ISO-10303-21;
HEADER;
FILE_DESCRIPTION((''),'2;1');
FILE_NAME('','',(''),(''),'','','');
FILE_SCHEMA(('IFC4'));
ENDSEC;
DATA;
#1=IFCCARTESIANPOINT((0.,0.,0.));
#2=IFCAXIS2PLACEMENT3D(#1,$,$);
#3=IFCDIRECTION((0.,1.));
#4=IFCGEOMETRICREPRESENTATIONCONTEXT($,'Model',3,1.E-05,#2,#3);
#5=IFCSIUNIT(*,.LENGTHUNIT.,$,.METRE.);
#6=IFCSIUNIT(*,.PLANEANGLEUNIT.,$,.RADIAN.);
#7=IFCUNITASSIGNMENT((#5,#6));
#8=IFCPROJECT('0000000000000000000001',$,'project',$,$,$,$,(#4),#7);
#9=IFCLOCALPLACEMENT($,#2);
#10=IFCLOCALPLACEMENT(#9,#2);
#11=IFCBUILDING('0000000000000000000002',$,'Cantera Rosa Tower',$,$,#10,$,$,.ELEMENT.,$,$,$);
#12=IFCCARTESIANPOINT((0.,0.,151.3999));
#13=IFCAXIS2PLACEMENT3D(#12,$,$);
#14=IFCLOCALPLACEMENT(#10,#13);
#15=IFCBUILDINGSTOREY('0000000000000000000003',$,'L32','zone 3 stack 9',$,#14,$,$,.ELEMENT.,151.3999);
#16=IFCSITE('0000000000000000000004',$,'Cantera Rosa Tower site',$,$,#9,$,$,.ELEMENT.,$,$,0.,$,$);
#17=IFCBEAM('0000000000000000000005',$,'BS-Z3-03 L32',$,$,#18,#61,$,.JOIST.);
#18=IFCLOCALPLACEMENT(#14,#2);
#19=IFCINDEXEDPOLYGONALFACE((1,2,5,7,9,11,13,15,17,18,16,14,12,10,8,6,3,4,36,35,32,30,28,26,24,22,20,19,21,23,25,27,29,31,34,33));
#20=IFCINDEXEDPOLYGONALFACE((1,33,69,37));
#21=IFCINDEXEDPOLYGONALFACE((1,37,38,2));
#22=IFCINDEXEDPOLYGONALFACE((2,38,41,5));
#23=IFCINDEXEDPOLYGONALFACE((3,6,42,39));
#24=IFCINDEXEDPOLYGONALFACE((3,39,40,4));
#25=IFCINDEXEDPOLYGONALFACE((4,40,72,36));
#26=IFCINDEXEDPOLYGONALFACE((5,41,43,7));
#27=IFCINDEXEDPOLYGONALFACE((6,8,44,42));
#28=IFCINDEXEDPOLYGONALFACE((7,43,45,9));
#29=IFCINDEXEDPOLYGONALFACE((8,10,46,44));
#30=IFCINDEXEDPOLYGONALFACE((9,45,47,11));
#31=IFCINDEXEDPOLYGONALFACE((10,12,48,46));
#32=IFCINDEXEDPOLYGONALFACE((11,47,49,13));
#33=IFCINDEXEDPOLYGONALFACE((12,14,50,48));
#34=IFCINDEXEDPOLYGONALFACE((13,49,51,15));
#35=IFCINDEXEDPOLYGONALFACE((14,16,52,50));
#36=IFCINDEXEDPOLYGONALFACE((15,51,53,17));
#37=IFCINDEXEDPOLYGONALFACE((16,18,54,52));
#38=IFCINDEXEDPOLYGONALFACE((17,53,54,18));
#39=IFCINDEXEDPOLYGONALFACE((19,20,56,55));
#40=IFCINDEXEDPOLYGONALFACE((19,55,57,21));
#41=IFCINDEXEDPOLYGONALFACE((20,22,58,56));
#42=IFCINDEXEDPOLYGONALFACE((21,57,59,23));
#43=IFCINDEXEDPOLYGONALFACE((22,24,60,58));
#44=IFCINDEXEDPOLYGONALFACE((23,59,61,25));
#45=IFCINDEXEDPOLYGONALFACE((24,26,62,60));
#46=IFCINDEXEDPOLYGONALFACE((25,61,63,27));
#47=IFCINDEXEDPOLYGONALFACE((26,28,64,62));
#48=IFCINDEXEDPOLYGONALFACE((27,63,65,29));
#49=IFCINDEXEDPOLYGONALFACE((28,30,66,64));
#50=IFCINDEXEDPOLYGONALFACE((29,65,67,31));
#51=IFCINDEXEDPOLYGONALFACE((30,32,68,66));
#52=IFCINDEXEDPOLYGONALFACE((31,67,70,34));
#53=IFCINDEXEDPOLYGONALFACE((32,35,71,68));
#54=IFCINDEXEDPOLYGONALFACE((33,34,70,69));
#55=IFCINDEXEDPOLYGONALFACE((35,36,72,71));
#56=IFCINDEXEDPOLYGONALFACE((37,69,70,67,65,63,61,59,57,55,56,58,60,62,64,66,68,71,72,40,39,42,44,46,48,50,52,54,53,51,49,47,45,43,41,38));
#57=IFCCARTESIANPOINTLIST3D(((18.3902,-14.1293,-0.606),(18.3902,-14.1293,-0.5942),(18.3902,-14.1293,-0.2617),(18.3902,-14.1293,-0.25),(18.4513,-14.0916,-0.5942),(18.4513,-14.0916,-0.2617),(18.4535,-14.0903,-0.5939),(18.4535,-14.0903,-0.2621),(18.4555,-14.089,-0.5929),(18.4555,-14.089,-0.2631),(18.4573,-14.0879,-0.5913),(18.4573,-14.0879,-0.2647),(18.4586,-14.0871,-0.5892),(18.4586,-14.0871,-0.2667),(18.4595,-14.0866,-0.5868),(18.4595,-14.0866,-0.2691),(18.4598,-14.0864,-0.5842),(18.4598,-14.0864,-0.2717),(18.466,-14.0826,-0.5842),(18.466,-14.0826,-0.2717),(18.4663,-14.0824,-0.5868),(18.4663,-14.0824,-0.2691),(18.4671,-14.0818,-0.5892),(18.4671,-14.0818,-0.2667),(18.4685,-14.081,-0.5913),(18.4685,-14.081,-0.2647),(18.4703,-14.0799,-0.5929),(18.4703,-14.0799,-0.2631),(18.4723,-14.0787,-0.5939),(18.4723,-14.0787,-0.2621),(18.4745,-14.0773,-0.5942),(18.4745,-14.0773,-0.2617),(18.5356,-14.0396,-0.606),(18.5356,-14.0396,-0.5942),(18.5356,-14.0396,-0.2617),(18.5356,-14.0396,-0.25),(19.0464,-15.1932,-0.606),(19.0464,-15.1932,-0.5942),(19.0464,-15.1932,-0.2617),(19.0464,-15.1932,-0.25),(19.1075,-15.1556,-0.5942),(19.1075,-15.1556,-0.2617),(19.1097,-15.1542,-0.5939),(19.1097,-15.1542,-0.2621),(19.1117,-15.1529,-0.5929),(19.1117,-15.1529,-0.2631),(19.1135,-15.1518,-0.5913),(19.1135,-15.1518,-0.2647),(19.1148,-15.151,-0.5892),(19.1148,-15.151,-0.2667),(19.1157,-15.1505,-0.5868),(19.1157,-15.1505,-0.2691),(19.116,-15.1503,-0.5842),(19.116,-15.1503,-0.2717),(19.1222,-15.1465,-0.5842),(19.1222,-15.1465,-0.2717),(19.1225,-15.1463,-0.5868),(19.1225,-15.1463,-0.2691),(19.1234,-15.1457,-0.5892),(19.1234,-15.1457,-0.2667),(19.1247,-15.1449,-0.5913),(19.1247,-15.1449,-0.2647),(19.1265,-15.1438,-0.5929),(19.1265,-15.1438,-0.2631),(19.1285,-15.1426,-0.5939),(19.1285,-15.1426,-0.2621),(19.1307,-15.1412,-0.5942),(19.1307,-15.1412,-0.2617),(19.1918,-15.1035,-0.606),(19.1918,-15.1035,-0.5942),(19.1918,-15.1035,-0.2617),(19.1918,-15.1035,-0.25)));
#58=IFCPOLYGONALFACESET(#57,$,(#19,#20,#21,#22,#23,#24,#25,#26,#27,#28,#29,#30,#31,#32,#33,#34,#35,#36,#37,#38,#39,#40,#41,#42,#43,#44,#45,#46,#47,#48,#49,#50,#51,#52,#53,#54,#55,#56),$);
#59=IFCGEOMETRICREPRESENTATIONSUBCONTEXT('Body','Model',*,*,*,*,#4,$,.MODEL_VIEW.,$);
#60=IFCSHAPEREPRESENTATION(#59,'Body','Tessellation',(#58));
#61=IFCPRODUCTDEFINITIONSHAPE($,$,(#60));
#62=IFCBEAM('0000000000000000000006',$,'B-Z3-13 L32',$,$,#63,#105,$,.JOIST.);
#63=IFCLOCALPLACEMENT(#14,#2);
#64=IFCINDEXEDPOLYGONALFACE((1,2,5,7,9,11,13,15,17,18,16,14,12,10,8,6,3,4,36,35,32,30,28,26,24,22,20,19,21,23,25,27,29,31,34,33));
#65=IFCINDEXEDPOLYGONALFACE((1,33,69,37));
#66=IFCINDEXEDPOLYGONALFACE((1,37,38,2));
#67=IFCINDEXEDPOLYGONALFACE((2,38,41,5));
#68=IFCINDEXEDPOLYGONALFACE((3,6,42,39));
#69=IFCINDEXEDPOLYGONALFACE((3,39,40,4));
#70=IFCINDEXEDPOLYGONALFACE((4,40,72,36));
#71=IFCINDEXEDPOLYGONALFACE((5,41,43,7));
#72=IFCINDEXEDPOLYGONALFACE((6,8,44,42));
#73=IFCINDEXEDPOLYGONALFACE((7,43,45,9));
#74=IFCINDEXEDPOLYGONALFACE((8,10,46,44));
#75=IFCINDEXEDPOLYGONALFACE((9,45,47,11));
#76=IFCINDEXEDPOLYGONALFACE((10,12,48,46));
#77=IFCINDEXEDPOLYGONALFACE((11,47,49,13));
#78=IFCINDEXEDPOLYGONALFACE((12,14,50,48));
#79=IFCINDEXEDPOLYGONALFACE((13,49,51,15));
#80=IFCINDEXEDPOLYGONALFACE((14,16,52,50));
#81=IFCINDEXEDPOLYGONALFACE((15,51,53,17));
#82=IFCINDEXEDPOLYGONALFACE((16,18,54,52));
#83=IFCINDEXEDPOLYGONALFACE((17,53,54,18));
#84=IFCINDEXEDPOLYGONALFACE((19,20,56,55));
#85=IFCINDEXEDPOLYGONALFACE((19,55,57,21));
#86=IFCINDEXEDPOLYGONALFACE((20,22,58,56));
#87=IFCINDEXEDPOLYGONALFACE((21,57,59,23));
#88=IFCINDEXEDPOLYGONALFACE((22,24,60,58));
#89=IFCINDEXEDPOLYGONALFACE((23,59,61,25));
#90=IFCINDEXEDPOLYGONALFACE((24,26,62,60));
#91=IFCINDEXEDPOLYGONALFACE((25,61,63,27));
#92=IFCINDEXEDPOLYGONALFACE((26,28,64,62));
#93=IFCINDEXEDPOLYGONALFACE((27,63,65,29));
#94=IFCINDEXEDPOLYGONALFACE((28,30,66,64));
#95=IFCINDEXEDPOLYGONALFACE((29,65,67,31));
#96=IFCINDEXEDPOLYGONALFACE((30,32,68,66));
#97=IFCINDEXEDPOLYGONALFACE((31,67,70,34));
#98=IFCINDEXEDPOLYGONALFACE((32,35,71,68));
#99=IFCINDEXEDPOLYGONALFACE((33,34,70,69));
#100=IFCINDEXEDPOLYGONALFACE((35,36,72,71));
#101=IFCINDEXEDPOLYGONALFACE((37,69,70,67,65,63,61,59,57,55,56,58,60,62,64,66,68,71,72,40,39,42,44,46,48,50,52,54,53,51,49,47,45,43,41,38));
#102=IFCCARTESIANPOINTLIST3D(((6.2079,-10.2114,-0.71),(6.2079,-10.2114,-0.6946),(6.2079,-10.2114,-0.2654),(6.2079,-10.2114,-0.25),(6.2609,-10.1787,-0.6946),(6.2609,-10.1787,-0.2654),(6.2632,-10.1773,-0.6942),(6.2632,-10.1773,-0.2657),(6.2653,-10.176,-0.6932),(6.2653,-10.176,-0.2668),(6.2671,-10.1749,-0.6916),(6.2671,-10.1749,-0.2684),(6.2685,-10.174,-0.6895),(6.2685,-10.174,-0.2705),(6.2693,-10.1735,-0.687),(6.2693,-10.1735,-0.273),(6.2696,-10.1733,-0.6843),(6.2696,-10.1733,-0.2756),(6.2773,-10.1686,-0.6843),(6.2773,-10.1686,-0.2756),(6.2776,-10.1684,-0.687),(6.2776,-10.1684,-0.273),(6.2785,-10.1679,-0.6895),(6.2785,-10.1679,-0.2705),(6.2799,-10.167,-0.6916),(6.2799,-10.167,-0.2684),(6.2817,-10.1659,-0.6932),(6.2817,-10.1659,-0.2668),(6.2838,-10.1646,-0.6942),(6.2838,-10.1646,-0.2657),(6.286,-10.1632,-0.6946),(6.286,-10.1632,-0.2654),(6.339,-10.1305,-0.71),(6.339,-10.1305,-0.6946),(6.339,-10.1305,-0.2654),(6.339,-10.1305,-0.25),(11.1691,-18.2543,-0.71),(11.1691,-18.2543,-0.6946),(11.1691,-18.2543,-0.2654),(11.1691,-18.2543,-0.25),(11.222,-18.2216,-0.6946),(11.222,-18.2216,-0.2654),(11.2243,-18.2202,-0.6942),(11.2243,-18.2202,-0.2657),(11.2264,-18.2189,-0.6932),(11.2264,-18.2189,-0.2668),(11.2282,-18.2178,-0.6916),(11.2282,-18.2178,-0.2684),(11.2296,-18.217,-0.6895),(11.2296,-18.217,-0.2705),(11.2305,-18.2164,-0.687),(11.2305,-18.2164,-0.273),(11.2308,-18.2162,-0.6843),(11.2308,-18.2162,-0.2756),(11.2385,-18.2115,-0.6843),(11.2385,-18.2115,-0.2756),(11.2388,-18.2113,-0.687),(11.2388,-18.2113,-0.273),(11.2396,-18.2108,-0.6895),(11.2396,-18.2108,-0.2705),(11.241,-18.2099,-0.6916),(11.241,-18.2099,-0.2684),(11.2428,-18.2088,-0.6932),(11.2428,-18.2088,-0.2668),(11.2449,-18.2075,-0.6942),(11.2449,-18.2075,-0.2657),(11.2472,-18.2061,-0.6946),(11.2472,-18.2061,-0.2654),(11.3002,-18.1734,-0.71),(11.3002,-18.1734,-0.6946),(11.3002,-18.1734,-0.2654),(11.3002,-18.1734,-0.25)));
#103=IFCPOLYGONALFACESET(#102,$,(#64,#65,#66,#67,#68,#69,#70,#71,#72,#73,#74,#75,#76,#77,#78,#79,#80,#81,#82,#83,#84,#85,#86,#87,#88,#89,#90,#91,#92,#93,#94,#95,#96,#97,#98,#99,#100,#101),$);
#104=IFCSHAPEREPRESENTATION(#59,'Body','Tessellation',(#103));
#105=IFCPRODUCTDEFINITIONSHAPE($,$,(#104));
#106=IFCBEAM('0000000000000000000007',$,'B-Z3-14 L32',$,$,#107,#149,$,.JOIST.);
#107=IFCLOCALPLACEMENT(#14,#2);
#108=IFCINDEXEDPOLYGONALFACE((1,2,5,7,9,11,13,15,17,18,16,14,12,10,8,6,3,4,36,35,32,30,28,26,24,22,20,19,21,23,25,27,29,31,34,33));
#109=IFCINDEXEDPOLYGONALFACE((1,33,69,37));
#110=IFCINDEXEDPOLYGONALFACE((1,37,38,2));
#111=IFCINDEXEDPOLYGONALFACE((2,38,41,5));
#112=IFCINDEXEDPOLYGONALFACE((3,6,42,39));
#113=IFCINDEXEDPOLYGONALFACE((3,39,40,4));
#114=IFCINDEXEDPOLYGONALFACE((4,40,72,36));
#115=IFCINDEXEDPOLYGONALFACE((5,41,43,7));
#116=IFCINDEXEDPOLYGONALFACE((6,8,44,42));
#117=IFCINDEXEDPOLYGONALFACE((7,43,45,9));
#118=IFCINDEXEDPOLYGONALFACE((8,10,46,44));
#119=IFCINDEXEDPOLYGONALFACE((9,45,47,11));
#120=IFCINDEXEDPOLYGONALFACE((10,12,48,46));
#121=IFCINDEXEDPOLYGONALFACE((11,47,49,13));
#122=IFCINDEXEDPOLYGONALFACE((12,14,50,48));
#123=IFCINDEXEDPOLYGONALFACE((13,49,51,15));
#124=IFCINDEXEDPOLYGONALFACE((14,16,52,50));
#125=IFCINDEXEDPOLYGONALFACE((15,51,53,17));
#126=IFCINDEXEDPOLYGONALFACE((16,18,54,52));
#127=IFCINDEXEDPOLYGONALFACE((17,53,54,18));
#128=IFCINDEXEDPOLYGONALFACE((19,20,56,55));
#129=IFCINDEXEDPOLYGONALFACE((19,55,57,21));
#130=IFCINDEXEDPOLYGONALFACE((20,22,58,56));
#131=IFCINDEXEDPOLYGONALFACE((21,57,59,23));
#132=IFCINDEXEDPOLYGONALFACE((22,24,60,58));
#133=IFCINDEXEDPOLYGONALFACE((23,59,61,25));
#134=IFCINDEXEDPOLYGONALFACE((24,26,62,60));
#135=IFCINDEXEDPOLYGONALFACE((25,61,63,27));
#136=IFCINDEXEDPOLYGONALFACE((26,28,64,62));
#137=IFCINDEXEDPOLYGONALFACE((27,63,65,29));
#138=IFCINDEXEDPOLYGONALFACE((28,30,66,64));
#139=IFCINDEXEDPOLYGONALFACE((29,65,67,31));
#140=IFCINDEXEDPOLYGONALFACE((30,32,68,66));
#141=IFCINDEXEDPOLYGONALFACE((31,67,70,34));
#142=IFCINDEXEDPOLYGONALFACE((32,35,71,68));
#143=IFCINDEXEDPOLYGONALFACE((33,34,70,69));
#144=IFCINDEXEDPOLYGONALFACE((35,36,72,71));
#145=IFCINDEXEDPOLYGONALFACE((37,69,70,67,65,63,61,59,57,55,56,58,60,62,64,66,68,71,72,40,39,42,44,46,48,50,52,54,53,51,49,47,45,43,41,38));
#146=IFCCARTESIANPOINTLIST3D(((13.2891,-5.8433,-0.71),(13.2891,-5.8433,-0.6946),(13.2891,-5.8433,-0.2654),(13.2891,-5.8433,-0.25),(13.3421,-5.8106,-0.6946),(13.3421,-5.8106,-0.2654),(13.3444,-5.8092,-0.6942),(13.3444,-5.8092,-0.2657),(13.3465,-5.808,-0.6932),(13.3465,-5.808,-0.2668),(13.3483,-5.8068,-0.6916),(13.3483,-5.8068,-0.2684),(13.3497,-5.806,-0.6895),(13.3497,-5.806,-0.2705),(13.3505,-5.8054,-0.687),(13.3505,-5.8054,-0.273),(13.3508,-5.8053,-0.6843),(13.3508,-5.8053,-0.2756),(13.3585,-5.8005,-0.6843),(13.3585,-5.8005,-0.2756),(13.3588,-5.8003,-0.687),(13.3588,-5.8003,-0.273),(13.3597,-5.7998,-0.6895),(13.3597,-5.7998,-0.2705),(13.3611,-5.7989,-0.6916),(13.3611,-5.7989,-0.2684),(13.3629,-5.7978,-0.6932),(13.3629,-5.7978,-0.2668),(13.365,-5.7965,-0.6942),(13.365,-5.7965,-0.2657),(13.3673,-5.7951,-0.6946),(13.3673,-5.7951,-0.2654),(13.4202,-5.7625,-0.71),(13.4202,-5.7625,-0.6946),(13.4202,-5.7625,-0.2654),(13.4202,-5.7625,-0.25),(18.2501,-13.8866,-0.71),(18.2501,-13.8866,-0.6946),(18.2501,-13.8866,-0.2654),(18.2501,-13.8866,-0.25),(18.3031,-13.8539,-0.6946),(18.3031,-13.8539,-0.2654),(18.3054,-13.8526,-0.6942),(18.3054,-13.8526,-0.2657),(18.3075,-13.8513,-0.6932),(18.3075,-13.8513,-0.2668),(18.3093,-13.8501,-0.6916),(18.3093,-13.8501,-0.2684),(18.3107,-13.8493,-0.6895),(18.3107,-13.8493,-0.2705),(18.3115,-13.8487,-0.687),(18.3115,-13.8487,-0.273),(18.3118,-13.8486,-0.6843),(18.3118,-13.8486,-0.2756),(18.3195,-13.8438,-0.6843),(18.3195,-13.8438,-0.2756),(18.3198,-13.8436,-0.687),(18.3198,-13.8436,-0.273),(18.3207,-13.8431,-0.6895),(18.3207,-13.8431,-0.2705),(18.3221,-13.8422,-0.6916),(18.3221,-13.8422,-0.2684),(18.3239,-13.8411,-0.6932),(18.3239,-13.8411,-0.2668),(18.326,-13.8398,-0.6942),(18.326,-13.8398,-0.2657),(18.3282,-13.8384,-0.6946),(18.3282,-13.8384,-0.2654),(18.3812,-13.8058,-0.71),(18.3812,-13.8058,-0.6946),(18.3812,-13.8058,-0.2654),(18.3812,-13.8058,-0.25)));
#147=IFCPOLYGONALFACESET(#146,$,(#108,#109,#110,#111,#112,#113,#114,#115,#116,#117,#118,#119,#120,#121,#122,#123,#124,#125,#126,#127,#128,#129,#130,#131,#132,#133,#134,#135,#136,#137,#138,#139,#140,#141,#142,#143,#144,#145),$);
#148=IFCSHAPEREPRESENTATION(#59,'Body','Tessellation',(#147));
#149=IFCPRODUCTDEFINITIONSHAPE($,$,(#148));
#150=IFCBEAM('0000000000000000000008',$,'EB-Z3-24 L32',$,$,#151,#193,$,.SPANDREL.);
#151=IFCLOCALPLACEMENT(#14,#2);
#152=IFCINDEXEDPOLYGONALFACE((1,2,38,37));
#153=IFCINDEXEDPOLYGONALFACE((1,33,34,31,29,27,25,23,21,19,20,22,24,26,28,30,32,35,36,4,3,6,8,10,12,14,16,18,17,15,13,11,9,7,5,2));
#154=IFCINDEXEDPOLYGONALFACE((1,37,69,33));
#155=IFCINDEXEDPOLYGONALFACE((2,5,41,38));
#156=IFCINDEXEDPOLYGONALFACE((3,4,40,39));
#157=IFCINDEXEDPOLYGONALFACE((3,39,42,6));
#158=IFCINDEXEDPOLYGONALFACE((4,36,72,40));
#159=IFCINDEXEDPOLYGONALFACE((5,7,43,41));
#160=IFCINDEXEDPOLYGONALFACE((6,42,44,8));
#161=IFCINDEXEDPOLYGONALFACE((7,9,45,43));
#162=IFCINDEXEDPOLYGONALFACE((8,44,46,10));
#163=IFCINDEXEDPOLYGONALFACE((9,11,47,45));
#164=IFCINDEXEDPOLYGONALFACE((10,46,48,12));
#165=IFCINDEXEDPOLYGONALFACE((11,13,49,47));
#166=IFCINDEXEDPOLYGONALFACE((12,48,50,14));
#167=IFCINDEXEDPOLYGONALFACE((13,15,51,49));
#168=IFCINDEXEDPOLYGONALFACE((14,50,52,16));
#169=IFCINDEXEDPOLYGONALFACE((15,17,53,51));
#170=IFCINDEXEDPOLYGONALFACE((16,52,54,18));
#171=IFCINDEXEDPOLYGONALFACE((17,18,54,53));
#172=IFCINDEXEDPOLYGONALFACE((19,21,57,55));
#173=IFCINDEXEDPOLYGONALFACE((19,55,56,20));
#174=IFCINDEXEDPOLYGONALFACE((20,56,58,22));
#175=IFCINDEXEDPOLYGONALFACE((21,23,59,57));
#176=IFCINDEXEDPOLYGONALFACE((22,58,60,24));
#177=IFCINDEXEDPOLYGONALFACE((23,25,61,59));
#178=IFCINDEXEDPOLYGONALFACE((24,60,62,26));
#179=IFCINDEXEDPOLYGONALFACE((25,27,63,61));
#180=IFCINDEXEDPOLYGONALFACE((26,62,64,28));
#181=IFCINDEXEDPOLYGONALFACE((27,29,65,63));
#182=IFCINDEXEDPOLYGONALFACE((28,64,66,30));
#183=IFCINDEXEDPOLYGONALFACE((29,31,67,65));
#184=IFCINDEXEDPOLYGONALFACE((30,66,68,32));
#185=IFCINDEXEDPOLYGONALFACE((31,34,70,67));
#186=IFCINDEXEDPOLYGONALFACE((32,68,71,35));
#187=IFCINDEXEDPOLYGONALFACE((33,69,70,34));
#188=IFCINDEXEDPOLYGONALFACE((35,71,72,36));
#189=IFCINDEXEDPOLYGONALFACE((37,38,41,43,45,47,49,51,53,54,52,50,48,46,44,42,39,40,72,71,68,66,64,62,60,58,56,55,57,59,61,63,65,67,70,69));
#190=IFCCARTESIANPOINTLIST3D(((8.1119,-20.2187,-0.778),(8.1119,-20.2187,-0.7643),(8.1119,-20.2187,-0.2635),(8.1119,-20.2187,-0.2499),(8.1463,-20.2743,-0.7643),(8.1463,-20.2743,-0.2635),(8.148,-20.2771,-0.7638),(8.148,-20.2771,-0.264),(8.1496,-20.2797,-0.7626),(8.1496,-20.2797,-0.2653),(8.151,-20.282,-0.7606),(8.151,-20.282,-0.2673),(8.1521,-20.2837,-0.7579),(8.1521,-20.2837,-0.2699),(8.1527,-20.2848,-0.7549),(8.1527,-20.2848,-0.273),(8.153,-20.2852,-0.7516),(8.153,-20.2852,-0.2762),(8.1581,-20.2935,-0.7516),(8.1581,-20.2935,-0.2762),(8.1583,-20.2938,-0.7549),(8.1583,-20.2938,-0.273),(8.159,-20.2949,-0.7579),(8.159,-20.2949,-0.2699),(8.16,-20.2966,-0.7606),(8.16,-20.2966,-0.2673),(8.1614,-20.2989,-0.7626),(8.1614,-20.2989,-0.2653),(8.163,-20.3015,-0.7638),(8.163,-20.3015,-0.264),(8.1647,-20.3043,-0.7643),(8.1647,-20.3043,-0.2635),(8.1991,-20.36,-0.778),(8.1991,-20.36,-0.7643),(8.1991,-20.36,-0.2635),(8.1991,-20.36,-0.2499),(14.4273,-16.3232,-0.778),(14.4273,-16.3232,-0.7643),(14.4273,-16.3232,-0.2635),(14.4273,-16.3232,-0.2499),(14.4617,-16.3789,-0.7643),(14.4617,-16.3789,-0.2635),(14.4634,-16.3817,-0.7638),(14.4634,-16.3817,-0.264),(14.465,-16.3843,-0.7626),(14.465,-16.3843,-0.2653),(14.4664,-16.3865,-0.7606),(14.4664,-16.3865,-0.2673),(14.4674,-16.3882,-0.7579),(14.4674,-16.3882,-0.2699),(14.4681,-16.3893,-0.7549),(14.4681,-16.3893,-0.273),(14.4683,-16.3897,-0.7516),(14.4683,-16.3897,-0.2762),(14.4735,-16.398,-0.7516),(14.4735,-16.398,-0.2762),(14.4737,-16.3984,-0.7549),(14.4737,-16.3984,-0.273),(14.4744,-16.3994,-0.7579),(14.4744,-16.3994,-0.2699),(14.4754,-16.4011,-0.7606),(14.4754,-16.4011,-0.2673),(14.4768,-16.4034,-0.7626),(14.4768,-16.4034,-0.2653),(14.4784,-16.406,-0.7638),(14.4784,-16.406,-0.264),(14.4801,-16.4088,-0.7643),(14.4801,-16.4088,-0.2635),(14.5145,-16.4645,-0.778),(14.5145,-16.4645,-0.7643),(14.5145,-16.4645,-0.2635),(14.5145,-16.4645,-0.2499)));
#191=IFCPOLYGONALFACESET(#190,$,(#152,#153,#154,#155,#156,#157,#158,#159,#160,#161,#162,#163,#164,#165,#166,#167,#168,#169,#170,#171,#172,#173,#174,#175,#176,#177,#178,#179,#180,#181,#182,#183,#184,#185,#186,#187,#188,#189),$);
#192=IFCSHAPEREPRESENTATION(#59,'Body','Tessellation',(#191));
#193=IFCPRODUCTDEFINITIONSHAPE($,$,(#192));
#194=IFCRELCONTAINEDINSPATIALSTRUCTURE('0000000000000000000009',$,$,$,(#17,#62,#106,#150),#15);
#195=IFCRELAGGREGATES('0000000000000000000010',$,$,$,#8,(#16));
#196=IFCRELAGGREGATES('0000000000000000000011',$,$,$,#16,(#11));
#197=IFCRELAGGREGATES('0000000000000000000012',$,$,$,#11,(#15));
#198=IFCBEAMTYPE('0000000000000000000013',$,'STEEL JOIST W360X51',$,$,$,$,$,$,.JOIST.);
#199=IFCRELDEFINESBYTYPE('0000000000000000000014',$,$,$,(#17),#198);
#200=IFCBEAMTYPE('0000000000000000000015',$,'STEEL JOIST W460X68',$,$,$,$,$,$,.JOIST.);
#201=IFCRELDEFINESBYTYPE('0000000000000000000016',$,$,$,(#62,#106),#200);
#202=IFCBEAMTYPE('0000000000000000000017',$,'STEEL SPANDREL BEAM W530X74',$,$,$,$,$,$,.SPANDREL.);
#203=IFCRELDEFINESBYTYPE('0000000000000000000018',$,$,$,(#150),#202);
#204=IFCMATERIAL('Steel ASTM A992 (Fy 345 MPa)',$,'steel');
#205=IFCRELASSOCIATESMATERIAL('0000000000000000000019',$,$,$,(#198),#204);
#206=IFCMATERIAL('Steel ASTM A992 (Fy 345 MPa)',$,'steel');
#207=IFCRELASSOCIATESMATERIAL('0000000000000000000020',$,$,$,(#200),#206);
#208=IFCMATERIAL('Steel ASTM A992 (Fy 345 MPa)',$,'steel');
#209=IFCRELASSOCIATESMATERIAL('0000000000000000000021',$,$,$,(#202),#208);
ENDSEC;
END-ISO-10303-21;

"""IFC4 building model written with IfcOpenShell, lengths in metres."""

from ifc_helpers import new_model, si_unit, direction, frame, origin, origin_2d, place, context, subcontext, project, spatial, i_section, extrude, material, material_profile, profile_set, type_object, element, save


model = new_model("IFC4")

# Units and contexts
model_context = context("Model", 3, precision=1e-05, world=origin(), true_north=direction((0.0, 1.0)))
body_context = subcontext(model_context, "Body", "Model", "MODEL_VIEW")
ifc_project = project(units=[si_unit("LENGTHUNIT", "METRE"), si_unit("PLANEANGLEUNIT", "RADIAN")], contexts=[model_context])

# Site, building, storey
site_placement = place(None, origin())
site = spatial("IfcSite", under=ifc_project, at=site_placement, Name="Cantera Rosa Tower site", CompositionType="ELEMENT", RefElevation=0.0)
building_placement = place(site_placement, origin())
building = spatial("IfcBuilding", under=site, at=building_placement, Name="Cantera Rosa Tower", CompositionType="ELEMENT")
storey_placement = place(building_placement, frame((0.0, 0.0, 151.3999)))
storey = spatial("IfcBuildingStorey", under=building, at=storey_placement, Name="L32", Description="zone 3 stack 9", CompositionType="ELEMENT", Elevation=151.3999)

# Beams
ifc_material_1 = material(Name="Steel ASTM A992 (Fy 345 MPa)", Category="steel")
ifc_material_profile_1 = material_profile(ifc_material_1, i_section(OverallWidth=0.1709, OverallDepth=0.356, WebThickness=0.0073, FlangeThickness=0.0117, FilletRadius=0.01, at=origin_2d()), Name="W360X51")
ifc_profile_set_1 = profile_set([ifc_material_profile_1], Name="Steel ASTM A992 (Fy 345 MPa)")
beam_type_1 = type_object("IfcBeamType", Name="STEEL JOIST W360X51", PredefinedType="JOIST", material=ifc_profile_set_1)
beam_1_placement = place(storey_placement, frame((18.4629, -14.0845, -0.428), z_axis=(0.524969, -0.851121, 0.0), x_axis=(0.851121, 0.524969, 0.0)))
element("IfcBeam", 1, at=beam_1_placement, inside=storey, type_object=beam_type_1, Name="BS-Z3-03 L32", PredefinedType="JOIST", context=body_context, shape_type="SweptSolid", body=[
    extrude(i_section(OverallWidth=0.1709, OverallDepth=0.356, WebThickness=0.0073, FlangeThickness=0.0117, FilletRadius=0.01, at=origin_2d()), origin(), (0.0, 0.0, 1.0), 1.25),
])
ifc_material_2 = material(Name="Steel ASTM A992 (Fy 345 MPa)", Category="steel")
ifc_material_profile_2 = material_profile(ifc_material_2, i_section(OverallWidth=0.1541, OverallDepth=0.46, WebThickness=0.009, FlangeThickness=0.0154, FilletRadius=0.0103, at=origin_2d()), Name="W460X68")
ifc_profile_set_2 = profile_set([ifc_material_profile_2], Name="Steel ASTM A992 (Fy 345 MPa)")
beam_type_2 = type_object("IfcBeamType", Name="STEEL JOIST W460X68", PredefinedType="JOIST", material=ifc_profile_set_2)
beam_2_placement = place(storey_placement, frame((11.2346, -18.2139, -0.48), z_axis=(-0.524992, 0.851107, 0.0), x_axis=(-0.851107, -0.524992, 0.0)))
element("IfcBeam", 2, at=beam_2_placement, inside=storey, type_object=beam_type_2, Name="B-Z3-13 L32", PredefinedType="JOIST", context=body_context, shape_type="SweptSolid", body=[
    extrude(i_section(OverallWidth=0.1541, OverallDepth=0.46, WebThickness=0.009, FlangeThickness=0.0154, FilletRadius=0.0103, at=origin_2d()), origin(), (0.0, 0.0, 1.0), 9.45),
])
beam_3_placement = place(storey_placement, frame((18.3157, -13.8462, -0.48), z_axis=(-0.524962, 0.851126, 0.0), x_axis=(-0.851126, -0.524962, 0.0)))
element("IfcBeam", 3, at=beam_3_placement, inside=storey, type_object=beam_type_2, Name="B-Z3-14 L32", PredefinedType="JOIST", context=body_context, shape_type="SweptSolid", body=[
    extrude(i_section(OverallWidth=0.1541, OverallDepth=0.46, WebThickness=0.009, FlangeThickness=0.0154, FilletRadius=0.0103, at=origin_2d()), origin(), (0.0, 0.0, 1.0), 9.4502),
])
ifc_material_3 = material(Name="Steel ASTM A992 (Fy 345 MPa)", Category="steel")
ifc_material_profile_3 = material_profile(ifc_material_3, i_section(OverallWidth=0.166, OverallDepth=0.5281, WebThickness=0.0098, FlangeThickness=0.0137, FilletRadius=0.0127, at=origin_2d()), Name="W530X74")
ifc_profile_set_3 = profile_set([ifc_material_profile_3], Name="Steel ASTM A992 (Fy 345 MPa)")
beam_type_3 = type_object("IfcBeamType", Name="STEEL SPANDREL BEAM W530X74", PredefinedType="SPANDREL", material=ifc_profile_set_3)
for number, where, z_axis, x_axis, name in (
    (4, (8.1555, -20.2893, -0.5139), (0.851111, 0.524986, 0.0), (-0.524986, 0.851111, 0.0), "EB-Z3-24 L32"),
):
    element("IfcBeam", number, at=place(storey_placement, frame(where, z_axis=z_axis, x_axis=x_axis)), inside=storey, type_object=beam_type_3, Name=name, PredefinedType="SPANDREL", context=body_context, shape_type="SweptSolid", body=[
        extrude(i_section(OverallWidth=0.166, OverallDepth=0.5281, WebThickness=0.0098, FlangeThickness=0.0137, FilletRadius=0.0127, at=origin_2d()), origin(), (0.0, 0.0, 1.0), 7.4202),
    ])

save(model, "model.ifc")
